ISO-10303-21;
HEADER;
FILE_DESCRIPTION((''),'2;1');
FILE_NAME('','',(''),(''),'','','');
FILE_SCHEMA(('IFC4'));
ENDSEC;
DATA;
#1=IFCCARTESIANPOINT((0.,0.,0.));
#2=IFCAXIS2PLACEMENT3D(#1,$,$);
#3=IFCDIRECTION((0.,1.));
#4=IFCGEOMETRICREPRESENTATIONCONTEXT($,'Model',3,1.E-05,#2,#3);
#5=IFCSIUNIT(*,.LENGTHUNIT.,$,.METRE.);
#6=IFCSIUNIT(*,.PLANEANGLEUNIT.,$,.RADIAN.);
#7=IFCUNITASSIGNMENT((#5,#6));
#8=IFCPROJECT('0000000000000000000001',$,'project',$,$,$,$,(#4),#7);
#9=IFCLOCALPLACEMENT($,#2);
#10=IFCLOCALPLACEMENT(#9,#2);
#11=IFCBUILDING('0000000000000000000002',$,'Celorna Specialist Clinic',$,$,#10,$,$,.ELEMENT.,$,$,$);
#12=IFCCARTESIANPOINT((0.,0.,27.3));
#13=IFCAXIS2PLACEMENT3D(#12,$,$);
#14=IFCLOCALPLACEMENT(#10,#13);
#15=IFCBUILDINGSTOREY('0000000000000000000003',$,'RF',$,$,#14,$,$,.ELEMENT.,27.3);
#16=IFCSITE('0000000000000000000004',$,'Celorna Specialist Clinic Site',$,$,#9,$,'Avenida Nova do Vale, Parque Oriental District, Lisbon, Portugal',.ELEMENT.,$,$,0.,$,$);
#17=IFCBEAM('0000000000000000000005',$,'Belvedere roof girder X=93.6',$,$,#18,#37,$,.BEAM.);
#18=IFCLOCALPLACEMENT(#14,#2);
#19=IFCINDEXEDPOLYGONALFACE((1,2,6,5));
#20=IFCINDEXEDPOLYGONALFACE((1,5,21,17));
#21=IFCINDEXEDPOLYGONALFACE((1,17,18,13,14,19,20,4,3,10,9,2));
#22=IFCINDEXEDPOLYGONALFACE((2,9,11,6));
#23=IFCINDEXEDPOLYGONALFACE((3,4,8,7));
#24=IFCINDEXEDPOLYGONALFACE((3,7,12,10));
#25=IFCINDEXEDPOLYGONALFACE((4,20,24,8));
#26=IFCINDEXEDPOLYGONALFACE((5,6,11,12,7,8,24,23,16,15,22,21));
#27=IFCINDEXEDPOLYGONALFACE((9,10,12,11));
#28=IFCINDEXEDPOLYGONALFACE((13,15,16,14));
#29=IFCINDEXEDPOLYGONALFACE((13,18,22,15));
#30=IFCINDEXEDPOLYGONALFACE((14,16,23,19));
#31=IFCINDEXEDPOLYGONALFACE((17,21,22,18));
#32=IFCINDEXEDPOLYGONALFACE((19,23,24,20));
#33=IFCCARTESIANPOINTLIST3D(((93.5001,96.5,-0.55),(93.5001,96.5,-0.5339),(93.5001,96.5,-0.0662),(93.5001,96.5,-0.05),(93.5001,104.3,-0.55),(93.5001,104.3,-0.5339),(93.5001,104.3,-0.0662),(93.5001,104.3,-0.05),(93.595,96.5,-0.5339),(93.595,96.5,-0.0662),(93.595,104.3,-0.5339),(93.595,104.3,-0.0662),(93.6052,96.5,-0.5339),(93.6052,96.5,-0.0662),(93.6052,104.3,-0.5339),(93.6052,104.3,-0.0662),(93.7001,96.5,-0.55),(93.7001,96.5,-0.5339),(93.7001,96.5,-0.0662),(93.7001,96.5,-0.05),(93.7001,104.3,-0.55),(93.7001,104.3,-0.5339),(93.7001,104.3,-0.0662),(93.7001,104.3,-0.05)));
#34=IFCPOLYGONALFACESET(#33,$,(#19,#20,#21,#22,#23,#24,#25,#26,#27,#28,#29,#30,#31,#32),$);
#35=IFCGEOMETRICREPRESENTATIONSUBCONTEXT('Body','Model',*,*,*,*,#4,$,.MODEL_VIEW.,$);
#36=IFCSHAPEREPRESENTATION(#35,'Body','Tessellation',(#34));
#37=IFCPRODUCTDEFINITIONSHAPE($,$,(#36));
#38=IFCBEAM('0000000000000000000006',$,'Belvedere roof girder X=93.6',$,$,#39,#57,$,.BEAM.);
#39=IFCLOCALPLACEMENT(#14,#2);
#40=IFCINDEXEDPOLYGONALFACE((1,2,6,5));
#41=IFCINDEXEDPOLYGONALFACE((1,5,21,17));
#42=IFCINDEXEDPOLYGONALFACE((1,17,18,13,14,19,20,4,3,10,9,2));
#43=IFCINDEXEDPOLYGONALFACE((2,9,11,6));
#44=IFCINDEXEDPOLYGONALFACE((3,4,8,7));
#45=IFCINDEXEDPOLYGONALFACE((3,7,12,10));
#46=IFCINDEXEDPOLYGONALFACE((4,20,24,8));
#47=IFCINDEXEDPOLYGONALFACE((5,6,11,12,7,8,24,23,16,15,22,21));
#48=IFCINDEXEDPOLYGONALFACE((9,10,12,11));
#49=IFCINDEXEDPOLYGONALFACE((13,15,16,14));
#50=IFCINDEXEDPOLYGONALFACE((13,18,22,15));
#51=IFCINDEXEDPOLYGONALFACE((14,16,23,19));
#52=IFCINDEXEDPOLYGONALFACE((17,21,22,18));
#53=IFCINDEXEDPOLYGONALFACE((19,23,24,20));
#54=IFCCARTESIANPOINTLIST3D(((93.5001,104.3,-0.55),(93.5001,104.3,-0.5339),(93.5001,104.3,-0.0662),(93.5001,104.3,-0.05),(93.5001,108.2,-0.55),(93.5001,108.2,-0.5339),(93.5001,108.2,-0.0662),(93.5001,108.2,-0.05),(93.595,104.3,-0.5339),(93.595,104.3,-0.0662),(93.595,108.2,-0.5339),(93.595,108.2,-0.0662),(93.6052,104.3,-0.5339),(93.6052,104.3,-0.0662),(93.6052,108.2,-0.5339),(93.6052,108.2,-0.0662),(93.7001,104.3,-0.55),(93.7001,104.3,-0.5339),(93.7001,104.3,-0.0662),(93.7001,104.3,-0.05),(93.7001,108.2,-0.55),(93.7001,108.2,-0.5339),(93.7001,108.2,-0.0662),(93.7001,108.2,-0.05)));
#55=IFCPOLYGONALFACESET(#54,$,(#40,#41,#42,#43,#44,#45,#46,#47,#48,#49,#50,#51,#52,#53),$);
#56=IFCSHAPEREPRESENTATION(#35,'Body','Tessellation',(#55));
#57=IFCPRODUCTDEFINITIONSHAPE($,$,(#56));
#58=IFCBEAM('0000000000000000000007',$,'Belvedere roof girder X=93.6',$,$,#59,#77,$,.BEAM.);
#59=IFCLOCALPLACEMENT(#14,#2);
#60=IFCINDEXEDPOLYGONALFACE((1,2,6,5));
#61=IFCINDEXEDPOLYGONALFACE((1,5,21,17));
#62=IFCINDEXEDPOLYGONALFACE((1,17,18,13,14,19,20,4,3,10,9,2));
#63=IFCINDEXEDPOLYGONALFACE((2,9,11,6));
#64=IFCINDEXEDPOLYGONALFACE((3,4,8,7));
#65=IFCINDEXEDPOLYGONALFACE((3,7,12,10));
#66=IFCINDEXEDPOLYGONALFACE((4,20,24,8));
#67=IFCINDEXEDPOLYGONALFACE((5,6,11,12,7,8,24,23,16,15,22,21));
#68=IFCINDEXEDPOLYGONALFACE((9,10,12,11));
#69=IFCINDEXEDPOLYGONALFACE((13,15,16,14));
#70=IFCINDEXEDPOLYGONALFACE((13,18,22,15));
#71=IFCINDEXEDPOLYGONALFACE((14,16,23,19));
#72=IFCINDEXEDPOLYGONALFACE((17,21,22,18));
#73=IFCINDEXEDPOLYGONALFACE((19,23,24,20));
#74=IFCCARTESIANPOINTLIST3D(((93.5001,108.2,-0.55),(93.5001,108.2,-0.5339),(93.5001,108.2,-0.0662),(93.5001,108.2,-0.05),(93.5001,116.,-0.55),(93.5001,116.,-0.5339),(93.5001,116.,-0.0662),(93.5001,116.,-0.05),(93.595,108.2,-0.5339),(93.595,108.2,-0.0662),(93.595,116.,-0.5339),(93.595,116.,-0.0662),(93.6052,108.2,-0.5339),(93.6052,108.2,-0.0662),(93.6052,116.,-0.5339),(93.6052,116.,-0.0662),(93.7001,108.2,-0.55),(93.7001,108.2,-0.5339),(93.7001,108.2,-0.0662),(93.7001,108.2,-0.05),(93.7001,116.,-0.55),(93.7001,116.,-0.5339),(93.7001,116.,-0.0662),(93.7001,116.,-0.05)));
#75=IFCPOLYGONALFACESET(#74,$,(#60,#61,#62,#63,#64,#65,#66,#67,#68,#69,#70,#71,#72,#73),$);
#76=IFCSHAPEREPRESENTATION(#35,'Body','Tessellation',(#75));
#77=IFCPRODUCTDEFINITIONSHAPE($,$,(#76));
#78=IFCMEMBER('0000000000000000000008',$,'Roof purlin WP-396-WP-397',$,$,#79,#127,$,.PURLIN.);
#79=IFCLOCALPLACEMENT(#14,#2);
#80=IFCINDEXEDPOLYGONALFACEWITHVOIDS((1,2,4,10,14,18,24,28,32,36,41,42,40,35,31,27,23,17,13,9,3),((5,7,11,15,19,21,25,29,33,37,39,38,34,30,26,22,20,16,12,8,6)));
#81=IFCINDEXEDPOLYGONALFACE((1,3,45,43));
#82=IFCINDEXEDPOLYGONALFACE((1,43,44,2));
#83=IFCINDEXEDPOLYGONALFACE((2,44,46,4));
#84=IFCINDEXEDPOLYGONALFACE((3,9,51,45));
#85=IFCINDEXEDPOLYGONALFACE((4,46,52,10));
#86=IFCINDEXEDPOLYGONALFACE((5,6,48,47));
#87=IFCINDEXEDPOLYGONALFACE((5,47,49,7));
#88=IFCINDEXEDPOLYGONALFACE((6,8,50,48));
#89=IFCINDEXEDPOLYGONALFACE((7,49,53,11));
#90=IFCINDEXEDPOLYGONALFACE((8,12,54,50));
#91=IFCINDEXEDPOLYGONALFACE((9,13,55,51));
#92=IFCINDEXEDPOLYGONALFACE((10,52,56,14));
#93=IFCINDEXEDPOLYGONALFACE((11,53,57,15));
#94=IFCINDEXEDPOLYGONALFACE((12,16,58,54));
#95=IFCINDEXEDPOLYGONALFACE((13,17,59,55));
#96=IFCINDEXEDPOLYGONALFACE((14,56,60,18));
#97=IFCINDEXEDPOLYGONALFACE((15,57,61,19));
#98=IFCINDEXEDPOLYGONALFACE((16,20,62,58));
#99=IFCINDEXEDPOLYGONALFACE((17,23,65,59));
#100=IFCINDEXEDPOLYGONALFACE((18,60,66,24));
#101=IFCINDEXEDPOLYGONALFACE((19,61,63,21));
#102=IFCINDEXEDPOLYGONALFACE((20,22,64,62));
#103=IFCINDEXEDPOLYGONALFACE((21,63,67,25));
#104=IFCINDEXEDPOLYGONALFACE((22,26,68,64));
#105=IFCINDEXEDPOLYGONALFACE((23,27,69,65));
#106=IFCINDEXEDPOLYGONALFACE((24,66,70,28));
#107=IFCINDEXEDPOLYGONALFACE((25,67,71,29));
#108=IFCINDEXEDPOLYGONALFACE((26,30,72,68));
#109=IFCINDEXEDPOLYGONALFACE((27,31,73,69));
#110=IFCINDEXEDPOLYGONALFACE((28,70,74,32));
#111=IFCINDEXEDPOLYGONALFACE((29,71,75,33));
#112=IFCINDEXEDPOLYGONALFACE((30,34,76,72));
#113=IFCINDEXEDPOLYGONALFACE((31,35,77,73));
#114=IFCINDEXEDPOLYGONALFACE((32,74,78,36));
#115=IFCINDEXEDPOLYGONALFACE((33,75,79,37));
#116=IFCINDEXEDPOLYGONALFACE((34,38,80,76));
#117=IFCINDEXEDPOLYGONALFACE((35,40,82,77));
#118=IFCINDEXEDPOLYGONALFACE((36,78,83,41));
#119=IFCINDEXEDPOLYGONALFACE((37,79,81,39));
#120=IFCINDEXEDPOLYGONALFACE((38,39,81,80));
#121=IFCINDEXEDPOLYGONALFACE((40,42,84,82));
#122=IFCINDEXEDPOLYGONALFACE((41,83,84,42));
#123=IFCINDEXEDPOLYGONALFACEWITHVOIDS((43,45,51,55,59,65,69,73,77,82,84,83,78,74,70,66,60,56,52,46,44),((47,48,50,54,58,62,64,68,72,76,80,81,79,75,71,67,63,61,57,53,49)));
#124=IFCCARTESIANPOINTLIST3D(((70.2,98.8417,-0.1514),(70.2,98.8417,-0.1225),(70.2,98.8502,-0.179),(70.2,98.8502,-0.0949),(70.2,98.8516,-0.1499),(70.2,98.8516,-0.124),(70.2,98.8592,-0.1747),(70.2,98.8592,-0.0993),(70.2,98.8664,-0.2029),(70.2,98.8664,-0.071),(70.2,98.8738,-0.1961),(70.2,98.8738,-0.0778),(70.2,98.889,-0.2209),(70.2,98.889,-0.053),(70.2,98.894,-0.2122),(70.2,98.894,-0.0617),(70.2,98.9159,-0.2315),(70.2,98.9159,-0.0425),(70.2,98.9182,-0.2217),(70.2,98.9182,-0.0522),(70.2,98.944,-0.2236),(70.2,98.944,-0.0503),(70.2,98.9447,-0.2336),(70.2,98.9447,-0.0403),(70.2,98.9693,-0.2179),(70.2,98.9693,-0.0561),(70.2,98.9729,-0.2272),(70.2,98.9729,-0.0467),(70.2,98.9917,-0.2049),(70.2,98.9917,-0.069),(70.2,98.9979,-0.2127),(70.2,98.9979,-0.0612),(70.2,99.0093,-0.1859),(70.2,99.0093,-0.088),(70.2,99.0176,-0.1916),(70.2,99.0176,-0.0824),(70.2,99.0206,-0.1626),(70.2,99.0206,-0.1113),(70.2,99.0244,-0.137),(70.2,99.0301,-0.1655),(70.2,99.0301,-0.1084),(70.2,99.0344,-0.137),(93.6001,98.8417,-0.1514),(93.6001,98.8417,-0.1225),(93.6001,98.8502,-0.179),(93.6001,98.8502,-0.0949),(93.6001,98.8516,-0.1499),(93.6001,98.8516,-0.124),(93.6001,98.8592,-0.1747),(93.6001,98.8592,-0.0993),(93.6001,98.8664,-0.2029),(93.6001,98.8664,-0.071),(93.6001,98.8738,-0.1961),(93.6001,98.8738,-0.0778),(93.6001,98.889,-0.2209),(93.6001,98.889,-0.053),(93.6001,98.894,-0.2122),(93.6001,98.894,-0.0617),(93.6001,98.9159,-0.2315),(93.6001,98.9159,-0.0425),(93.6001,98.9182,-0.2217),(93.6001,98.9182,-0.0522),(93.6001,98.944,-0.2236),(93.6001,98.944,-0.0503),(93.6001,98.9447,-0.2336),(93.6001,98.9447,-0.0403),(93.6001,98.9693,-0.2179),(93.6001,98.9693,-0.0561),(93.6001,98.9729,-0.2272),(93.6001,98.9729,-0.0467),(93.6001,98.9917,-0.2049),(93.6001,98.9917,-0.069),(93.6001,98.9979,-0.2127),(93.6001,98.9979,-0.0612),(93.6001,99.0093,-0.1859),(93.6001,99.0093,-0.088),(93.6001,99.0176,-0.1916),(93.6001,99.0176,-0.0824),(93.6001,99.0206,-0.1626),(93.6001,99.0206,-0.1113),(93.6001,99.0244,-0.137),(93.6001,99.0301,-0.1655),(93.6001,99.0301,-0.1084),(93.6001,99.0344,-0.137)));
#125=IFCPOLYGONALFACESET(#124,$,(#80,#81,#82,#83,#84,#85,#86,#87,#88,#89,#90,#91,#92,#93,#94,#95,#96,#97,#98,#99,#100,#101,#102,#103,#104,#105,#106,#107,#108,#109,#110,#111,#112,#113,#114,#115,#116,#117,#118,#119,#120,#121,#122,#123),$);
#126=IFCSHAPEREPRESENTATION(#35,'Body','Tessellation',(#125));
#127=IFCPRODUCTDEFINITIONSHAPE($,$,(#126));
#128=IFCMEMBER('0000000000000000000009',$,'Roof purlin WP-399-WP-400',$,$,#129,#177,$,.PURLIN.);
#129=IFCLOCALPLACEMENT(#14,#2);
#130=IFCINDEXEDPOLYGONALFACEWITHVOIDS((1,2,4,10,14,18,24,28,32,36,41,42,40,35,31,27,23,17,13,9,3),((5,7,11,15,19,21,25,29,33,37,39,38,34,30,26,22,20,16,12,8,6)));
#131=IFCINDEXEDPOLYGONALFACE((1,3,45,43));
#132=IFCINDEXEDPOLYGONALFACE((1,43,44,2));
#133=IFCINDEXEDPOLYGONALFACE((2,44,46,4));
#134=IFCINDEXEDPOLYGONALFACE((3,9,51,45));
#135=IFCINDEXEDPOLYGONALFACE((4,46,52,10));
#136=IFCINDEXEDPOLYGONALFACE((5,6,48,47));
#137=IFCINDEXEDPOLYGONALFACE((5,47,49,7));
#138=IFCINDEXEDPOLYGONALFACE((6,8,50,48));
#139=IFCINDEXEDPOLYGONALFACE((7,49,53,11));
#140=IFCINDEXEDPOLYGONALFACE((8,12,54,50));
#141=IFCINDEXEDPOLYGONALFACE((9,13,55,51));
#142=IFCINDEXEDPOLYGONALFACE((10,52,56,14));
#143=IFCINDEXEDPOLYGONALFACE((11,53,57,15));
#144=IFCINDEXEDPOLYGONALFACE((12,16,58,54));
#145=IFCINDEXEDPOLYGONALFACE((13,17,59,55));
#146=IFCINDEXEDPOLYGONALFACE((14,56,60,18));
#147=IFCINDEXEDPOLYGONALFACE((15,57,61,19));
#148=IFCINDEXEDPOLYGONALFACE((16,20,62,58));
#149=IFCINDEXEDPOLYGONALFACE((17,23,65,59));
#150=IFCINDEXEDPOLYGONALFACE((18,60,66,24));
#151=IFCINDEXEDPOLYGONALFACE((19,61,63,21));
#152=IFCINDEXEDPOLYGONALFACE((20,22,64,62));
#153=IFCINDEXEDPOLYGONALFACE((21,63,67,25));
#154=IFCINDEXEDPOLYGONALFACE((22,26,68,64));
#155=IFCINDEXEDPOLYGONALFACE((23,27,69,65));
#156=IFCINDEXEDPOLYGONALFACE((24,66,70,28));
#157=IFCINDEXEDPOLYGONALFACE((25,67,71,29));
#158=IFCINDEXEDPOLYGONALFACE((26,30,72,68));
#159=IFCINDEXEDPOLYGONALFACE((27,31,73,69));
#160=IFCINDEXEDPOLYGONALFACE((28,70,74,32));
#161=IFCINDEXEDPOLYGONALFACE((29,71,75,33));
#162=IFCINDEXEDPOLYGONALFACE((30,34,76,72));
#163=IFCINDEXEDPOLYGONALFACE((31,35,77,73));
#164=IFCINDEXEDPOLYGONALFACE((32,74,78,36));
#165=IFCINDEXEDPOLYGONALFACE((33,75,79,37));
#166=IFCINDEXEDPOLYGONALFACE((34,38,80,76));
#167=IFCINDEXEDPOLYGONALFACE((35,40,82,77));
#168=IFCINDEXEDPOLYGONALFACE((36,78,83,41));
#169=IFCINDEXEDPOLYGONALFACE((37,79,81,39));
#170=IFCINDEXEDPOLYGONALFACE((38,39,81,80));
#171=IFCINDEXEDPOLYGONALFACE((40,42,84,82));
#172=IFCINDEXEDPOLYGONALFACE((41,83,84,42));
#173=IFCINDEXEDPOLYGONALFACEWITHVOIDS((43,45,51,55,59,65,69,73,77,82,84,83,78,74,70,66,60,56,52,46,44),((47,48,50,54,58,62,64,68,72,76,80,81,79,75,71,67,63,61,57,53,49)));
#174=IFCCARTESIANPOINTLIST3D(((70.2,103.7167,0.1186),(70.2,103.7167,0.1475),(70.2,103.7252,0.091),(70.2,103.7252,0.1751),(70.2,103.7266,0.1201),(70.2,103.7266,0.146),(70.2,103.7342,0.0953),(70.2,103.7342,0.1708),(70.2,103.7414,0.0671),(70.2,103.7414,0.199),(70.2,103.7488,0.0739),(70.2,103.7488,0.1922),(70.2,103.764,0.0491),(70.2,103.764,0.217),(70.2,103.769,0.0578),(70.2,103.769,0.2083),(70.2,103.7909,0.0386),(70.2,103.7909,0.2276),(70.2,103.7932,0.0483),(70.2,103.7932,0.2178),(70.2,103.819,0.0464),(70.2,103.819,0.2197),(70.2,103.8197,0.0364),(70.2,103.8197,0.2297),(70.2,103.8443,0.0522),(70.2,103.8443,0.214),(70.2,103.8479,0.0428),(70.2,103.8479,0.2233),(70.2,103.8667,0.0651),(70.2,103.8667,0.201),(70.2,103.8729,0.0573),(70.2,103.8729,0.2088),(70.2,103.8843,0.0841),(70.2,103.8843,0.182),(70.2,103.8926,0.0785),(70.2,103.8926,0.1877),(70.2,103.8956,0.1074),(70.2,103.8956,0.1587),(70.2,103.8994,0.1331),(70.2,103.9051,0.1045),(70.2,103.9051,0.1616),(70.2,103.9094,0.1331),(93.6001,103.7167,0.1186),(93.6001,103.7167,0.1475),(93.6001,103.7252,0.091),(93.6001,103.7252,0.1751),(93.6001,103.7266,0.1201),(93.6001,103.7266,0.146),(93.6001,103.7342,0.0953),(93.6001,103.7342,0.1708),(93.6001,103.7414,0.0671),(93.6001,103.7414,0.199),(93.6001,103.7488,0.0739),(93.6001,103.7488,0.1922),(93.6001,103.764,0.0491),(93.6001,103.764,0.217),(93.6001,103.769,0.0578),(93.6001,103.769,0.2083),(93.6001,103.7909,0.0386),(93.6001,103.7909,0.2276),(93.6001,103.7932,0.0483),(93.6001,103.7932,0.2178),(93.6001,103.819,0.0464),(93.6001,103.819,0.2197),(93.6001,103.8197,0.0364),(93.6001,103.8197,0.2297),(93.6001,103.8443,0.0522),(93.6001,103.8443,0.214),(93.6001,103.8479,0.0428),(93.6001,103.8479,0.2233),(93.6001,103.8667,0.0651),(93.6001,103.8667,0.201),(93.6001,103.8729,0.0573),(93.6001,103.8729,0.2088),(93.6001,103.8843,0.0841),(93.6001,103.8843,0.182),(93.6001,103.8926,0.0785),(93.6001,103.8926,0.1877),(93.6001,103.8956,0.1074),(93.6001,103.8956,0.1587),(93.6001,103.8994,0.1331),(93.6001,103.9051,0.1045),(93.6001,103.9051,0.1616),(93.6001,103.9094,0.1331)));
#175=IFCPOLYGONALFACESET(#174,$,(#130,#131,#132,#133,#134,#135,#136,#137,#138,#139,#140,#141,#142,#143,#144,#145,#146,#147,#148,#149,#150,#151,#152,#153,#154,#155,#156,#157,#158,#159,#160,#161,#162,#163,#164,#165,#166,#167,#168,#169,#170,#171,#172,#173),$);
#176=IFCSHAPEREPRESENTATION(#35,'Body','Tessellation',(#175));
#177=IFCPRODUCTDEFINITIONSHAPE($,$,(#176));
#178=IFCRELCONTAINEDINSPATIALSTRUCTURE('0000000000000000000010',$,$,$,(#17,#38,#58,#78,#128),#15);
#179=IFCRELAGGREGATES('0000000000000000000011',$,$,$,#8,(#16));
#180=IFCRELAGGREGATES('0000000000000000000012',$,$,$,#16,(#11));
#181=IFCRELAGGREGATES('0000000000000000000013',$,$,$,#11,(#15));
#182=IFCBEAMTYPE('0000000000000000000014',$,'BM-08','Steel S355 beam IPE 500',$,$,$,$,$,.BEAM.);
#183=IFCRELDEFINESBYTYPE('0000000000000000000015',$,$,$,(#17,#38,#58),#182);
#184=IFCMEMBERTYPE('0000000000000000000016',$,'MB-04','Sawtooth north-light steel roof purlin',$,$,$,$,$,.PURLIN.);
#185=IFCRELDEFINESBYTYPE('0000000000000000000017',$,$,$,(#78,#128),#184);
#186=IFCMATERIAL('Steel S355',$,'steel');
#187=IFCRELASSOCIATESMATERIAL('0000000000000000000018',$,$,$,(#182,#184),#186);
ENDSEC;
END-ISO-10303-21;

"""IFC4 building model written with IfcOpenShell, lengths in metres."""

from ifc_helpers import new_model, si_unit, direction, frame, origin, origin_2d, place, context, subcontext, project, spatial, hollow_circle, i_section, extrude, material, material_profile, profile_set, type_object, element, save


model = new_model("IFC4")

# Units and contexts
model_context = context("Model", 3, precision=1e-05, world=origin(), true_north=direction((0.0, 1.0)))
body_context = subcontext(model_context, "Body", "Model", "MODEL_VIEW")
ifc_project = project(units=[si_unit("LENGTHUNIT", "METRE"), si_unit("PLANEANGLEUNIT", "RADIAN")], contexts=[model_context])

# Site, building, storey
site_placement = place(None, origin())
site = spatial("IfcSite", under=ifc_project, at=site_placement, Name="Celorna Specialist Clinic Site", LongName="Avenida Nova do Vale, Parque Oriental District, Lisbon, Portugal", CompositionType="ELEMENT", RefElevation=0.0)
building_placement = place(site_placement, origin())
building = spatial("IfcBuilding", under=site, at=building_placement, Name="Celorna Specialist Clinic", CompositionType="ELEMENT")
storey_placement = place(building_placement, frame((0.0, 0.0, 27.3)))
storey = spatial("IfcBuildingStorey", under=building, at=storey_placement, Name="RF", CompositionType="ELEMENT", Elevation=27.3)

# Beams
ifc_material_1 = material(Name="Steel S355", Category="steel")
ifc_material_profile_1 = material_profile(ifc_material_1, i_section(OverallWidth=0.2, OverallDepth=0.5, WebThickness=0.0103, FlangeThickness=0.0161, at=origin_2d()), Name="IPE 500")
ifc_profile_set_1 = profile_set([ifc_material_profile_1], Name="Steel S355")
beam_type = type_object("IfcBeamType", Name="BM-08", Description="Steel S355 beam IPE 500", PredefinedType="BEAM", material=ifc_profile_set_1)
for number, where, z_axis, x_axis, name in (
    (1, (93.6001, 96.5, -0.3), (0.0, 1.0, 0.0), (-1.0, 0.0, 0.0), "Belvedere roof girder X=93.6"),
):
    element("IfcBeam", number, at=place(storey_placement, frame(where, z_axis=z_axis, x_axis=x_axis)), inside=storey, type_object=beam_type, Name=name, PredefinedType="BEAM", context=body_context, shape_type="SweptSolid", body=[
        extrude(i_section(OverallWidth=0.2, OverallDepth=0.5, WebThickness=0.0103, FlangeThickness=0.0161, at=origin_2d()), origin(), (0.0, 0.0, 1.0), 7.8),
    ])
beam_1_placement = place(storey_placement, frame((93.6001, 104.3, -0.3), z_axis=(0.0, 1.0, 0.0), x_axis=(-1.0, 0.0, 0.0)))
element("IfcBeam", 2, at=beam_1_placement, inside=storey, type_object=beam_type, Name="Belvedere roof girder X=93.6", PredefinedType="BEAM", context=body_context, shape_type="SweptSolid", body=[
    extrude(i_section(OverallWidth=0.2, OverallDepth=0.5, WebThickness=0.0103, FlangeThickness=0.0161, at=origin_2d()), origin(), (0.0, 0.0, 1.0), 3.8999),
])
beam_2_placement = place(storey_placement, frame((93.6001, 108.2, -0.3), z_axis=(0.0, 1.0, 0.0), x_axis=(-1.0, 0.0, 0.0)))
element("IfcBeam", 3, at=beam_2_placement, inside=storey, type_object=beam_type, Name="Belvedere roof girder X=93.6", PredefinedType="BEAM", context=body_context, shape_type="SweptSolid", body=[
    extrude(i_section(OverallWidth=0.2, OverallDepth=0.5, WebThickness=0.0103, FlangeThickness=0.0161, at=origin_2d()), origin(), (0.0, 0.0, 1.0), 7.8),
])

# Members
ifc_material_profile_2 = material_profile(ifc_material_1, hollow_circle(Radius=0.0969, WallThickness=0.01, at=origin_2d()), Name="CHS 193.7x10")
ifc_profile_set_2 = profile_set([ifc_material_profile_2], Name="Steel S355")
member_type_1 = type_object("IfcMemberType", Name="MB-04", Description="Sawtooth north-light steel roof purlin", PredefinedType="PURLIN", material=ifc_profile_set_2)
for number, where, z_axis, x_axis, name in (
    (4, (70.2, 98.9375, -0.137), (1.0, 0.0, 0.0), (0.0, 1.0, 0.0), "Roof purlin WP-396-WP-397"),
    (5, (70.2, 103.8125, 0.1331), (1.0, 0.0, 0.0), (0.0, 1.0, 0.0), "Roof purlin WP-399-WP-400"),
):
    element("IfcMember", number, at=place(storey_placement, frame(where, z_axis=z_axis, x_axis=x_axis)), inside=storey, type_object=member_type_1, Name=name, PredefinedType="PURLIN", context=body_context, shape_type="SweptSolid", body=[
        extrude(hollow_circle(Radius=0.0969, WallThickness=0.01, at=origin_2d()), origin(), (0.0, 0.0, 1.0), 23.4001),
    ])

save(model, "model.ifc")
